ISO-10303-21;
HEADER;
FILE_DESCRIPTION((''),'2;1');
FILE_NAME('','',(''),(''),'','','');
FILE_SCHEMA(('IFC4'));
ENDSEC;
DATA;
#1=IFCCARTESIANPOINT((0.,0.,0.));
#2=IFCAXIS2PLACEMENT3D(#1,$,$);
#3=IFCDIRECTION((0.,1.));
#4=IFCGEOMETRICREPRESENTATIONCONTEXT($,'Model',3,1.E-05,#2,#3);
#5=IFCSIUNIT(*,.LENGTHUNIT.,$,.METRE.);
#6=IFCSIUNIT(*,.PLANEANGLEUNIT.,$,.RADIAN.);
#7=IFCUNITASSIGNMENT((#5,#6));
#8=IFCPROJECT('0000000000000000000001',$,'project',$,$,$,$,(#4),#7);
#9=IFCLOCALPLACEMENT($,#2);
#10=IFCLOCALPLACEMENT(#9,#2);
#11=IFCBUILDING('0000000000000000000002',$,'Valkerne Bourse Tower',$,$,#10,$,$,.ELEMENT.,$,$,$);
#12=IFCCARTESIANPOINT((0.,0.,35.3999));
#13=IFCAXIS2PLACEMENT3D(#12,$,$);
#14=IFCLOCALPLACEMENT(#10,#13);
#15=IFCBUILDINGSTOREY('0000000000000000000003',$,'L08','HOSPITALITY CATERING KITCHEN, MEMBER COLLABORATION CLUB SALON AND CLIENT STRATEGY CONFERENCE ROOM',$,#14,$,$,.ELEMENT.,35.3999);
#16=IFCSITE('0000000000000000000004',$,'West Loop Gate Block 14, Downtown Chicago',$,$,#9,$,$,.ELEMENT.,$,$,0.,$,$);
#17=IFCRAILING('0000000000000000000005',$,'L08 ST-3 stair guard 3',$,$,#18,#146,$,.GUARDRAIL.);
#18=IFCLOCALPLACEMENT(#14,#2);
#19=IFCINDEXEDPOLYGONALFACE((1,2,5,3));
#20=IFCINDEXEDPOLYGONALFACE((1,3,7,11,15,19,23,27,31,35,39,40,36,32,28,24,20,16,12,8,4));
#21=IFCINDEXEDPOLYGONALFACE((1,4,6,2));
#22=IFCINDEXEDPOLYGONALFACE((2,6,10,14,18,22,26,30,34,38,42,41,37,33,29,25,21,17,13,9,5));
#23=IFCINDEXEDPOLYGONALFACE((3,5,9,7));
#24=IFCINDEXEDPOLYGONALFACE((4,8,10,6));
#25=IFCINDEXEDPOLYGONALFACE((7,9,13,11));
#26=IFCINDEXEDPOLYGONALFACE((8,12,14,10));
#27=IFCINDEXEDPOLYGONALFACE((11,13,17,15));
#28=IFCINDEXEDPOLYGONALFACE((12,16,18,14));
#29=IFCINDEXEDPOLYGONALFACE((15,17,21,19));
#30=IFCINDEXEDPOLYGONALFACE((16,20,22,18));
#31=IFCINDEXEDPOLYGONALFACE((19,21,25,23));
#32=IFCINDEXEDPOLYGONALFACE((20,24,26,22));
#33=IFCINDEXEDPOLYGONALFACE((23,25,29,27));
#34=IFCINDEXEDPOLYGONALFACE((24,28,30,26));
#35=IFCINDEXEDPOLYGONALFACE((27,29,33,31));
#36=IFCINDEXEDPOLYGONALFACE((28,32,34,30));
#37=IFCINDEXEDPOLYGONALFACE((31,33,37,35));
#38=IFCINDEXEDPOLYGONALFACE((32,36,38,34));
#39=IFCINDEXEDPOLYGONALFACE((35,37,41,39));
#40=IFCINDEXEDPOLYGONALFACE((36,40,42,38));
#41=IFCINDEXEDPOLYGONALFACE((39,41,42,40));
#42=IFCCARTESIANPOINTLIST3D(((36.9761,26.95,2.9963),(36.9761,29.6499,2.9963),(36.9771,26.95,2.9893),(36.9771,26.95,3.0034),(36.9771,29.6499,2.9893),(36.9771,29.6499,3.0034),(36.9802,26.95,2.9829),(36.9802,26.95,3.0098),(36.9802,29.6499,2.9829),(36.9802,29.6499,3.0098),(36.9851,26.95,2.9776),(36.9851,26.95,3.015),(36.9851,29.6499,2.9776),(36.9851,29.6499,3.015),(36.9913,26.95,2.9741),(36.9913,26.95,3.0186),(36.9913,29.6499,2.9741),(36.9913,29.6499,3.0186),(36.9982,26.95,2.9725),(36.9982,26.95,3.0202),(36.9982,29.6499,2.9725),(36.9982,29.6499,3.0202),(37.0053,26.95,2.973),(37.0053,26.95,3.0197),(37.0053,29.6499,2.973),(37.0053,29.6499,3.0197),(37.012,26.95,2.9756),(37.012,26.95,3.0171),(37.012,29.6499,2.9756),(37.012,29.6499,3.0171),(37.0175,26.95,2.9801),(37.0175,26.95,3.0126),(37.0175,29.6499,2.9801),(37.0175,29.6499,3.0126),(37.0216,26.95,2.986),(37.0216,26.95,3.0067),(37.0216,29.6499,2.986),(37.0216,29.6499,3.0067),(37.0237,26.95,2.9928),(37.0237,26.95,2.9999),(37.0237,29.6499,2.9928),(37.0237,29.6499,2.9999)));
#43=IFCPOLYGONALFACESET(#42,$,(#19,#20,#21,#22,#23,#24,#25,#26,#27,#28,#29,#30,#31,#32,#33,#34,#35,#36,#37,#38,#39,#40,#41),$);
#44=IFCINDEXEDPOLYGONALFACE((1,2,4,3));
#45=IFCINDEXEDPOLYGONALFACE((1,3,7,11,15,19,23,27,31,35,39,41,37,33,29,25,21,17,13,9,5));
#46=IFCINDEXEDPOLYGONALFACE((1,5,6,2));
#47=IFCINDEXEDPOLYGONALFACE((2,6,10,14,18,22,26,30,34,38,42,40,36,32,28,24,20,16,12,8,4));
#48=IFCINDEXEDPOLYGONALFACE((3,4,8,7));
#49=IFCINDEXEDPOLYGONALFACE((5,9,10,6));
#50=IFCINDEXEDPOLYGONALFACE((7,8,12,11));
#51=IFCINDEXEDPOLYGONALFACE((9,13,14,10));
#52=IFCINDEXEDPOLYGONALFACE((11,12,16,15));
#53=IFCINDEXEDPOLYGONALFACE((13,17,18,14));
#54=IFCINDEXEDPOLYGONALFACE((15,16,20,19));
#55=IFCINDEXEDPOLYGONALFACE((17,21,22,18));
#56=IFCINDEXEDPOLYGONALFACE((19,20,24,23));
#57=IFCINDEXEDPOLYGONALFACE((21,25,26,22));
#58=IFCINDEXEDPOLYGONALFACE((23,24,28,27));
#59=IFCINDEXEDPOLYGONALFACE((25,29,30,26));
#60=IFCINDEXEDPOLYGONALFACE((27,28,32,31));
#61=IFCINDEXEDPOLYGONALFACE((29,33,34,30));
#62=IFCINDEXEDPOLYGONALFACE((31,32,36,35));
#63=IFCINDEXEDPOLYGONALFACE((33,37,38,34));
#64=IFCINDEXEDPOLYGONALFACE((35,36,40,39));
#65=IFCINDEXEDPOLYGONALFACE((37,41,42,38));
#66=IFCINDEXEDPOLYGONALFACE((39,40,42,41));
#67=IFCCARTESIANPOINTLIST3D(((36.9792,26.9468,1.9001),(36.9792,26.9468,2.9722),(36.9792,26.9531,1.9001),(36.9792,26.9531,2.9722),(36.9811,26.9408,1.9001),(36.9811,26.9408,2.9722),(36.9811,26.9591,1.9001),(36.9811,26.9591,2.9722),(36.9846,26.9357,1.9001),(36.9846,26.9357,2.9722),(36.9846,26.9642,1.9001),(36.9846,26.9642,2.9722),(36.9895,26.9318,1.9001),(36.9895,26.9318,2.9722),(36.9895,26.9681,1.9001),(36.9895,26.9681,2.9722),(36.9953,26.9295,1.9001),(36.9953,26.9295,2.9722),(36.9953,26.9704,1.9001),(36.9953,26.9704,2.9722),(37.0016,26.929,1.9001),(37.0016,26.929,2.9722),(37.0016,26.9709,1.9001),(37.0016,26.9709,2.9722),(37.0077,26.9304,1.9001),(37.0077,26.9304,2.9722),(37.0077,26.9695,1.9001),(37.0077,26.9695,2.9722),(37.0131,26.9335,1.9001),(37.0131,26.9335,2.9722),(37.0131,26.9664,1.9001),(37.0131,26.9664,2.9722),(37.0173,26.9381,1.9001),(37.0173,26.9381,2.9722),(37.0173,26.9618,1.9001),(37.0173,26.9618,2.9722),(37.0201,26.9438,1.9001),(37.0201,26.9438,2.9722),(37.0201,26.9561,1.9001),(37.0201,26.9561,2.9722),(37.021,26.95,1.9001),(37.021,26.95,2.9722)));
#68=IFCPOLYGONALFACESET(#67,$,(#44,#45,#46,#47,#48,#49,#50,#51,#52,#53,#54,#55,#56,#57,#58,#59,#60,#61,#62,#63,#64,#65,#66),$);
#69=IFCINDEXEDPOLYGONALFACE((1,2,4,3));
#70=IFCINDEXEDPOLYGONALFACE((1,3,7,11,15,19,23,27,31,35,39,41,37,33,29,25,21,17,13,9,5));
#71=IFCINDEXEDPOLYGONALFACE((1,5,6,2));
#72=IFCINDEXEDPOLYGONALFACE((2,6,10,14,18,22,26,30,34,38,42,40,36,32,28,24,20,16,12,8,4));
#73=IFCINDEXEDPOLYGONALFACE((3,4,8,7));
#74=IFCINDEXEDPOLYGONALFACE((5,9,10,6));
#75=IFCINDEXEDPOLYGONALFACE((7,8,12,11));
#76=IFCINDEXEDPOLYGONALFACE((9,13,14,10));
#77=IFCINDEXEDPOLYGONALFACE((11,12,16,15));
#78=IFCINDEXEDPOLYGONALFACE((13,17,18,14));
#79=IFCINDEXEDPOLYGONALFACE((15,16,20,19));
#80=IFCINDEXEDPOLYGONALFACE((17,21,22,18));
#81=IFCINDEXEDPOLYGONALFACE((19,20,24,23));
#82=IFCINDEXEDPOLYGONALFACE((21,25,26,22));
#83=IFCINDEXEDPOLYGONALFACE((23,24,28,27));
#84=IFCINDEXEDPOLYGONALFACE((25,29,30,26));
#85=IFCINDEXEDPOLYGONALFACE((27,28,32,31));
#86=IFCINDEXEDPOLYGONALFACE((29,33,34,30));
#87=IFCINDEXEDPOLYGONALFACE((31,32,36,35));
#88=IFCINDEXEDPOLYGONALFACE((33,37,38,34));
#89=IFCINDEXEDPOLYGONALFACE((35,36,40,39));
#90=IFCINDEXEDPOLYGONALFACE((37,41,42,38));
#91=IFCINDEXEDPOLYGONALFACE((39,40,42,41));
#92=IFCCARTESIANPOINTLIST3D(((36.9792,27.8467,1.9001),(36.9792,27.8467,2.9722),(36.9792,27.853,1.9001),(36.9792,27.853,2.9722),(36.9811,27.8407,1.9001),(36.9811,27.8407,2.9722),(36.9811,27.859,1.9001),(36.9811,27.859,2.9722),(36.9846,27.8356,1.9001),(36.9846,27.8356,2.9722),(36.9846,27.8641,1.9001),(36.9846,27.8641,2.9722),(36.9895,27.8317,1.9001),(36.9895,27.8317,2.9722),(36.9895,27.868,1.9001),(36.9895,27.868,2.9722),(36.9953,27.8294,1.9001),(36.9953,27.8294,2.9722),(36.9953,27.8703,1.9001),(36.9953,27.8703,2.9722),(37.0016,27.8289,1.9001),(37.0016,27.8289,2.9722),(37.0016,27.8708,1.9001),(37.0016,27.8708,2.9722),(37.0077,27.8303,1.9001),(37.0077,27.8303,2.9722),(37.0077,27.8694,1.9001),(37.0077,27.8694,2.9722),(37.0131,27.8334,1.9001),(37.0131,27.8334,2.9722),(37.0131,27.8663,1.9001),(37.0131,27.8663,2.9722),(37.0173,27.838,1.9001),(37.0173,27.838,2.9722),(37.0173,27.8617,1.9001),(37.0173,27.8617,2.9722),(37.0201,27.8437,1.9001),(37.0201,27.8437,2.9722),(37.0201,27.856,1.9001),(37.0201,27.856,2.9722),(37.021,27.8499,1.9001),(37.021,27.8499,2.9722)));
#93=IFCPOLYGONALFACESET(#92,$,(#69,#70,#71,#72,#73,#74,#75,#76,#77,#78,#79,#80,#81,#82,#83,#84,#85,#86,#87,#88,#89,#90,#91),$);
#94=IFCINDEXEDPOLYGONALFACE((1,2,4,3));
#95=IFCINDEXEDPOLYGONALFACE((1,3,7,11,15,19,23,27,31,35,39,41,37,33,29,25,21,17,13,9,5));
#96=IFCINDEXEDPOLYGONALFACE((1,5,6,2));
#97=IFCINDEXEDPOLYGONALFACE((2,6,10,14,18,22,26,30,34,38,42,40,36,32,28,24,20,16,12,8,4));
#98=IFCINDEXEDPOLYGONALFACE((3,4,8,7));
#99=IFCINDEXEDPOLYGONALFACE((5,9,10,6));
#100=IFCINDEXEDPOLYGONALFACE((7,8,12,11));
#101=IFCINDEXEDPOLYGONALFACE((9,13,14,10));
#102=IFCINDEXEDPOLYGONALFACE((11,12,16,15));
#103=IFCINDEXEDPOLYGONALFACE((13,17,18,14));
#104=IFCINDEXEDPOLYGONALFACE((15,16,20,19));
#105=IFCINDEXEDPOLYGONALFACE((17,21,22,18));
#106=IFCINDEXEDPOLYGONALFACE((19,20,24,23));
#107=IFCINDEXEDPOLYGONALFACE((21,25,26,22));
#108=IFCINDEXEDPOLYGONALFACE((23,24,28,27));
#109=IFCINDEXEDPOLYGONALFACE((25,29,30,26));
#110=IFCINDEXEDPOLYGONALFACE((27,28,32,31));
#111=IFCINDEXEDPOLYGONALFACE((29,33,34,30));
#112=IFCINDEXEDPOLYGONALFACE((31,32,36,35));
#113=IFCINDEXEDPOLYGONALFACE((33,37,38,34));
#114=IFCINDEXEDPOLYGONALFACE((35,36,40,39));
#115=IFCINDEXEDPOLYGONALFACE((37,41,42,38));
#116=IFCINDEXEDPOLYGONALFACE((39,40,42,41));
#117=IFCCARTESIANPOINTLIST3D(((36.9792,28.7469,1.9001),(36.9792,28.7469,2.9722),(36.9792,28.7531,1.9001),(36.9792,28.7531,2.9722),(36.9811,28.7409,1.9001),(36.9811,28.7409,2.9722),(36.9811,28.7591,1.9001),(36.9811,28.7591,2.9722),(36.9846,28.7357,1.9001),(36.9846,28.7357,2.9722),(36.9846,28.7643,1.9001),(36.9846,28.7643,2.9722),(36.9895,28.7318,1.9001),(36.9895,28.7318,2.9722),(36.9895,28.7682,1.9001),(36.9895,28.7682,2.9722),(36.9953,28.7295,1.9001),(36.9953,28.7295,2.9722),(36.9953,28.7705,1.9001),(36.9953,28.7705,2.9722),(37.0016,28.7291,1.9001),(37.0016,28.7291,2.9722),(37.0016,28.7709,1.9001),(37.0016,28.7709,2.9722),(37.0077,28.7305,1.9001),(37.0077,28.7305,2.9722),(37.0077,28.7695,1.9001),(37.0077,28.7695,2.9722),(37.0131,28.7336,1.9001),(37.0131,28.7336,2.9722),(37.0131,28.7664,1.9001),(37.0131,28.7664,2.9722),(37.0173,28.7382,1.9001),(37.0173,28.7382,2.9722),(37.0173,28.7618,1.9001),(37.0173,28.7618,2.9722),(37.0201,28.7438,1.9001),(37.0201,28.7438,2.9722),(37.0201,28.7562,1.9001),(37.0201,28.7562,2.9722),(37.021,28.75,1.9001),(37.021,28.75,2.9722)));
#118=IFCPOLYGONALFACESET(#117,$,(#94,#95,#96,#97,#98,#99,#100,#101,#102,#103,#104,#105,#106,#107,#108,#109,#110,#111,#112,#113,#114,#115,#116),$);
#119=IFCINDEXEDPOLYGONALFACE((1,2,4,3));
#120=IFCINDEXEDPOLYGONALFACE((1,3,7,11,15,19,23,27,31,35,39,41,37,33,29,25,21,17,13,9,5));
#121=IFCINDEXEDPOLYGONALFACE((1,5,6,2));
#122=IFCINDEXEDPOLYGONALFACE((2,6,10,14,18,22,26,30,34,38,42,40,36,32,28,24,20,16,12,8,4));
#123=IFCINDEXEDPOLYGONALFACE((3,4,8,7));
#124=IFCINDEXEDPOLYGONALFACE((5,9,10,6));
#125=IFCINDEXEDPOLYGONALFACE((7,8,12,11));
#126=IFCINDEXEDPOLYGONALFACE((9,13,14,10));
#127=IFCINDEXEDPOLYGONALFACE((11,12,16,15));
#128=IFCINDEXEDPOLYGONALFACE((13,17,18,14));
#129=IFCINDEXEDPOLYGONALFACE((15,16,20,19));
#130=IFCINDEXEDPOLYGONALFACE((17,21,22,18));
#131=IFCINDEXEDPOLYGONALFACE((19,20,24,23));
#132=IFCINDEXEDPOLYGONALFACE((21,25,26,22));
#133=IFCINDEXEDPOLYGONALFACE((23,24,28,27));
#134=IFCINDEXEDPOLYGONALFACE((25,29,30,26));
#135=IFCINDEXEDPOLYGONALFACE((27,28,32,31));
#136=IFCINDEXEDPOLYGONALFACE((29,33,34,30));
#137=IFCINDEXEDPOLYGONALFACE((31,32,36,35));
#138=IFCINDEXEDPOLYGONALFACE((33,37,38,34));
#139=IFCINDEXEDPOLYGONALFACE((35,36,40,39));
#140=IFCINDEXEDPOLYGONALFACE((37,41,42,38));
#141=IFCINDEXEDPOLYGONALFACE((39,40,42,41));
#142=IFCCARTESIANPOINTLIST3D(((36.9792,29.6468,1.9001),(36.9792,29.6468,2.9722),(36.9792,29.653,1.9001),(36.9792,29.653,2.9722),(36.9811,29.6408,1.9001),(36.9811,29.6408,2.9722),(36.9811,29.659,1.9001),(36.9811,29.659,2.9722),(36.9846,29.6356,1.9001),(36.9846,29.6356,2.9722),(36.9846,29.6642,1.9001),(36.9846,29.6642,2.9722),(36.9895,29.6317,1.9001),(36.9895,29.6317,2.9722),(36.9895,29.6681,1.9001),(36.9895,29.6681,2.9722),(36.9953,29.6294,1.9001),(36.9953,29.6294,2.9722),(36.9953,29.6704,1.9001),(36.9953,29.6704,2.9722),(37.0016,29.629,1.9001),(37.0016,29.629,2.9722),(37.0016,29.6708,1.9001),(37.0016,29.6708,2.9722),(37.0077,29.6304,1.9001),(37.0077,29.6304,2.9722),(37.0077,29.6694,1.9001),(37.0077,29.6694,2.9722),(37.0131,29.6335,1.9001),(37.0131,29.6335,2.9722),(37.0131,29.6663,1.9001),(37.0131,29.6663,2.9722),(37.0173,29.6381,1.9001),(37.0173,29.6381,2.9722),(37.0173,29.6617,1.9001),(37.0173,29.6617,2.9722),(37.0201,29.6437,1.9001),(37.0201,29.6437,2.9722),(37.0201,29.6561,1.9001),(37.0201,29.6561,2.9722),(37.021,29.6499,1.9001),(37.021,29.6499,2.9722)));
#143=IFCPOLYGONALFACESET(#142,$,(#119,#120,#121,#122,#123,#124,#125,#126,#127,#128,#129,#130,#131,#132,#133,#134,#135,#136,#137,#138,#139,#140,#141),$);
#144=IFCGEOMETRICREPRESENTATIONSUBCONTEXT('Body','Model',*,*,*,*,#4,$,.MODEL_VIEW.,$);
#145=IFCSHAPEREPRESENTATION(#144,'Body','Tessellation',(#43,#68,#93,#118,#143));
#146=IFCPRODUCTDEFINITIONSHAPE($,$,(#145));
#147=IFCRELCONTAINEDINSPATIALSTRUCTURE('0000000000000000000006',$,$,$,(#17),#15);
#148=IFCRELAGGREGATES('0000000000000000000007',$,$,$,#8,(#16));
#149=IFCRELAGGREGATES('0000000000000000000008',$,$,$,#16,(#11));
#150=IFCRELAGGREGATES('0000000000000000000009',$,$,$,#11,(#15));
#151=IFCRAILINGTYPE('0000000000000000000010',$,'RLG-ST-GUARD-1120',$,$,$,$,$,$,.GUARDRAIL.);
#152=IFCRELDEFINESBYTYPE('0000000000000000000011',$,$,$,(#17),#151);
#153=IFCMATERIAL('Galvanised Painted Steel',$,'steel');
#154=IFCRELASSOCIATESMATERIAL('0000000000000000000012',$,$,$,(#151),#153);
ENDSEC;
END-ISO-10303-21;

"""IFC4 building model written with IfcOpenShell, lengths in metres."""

from ifc_helpers import new_model, si_unit, direction, frame, origin, origin_2d, place, context, subcontext, project, spatial, circle, extrude, material, type_object, element, save


model = new_model("IFC4")

# Units and contexts
model_context = context("Model", 3, precision=1e-05, world=origin(), true_north=direction((0.0, 1.0)))
body_context = subcontext(model_context, "Body", "Model", "MODEL_VIEW")
ifc_project = project(units=[si_unit("LENGTHUNIT", "METRE"), si_unit("PLANEANGLEUNIT", "RADIAN")], contexts=[model_context])

# Site, building, storey
site_placement = place(None, origin())
site = spatial("IfcSite", under=ifc_project, at=site_placement, Name="West Loop Gate Block 14, Downtown Chicago", CompositionType="ELEMENT", RefElevation=0.0)
building_placement = place(site_placement, origin())
building = spatial("IfcBuilding", under=site, at=building_placement, Name="Valkerne Bourse Tower", CompositionType="ELEMENT")
storey_placement = place(building_placement, frame((0.0, 0.0, 35.3999)))
storey = spatial("IfcBuildingStorey", under=building, at=storey_placement, Name="L08", Description="HOSPITALITY CATERING KITCHEN, MEMBER COLLABORATION CLUB SALON AND CLIENT STRATEGY CONFERENCE ROOM", CompositionType="ELEMENT", Elevation=35.3999)

# Railing
ifc_material_1 = material(Name="Galvanised Painted Steel", Category="steel")
railing_type_1 = type_object("IfcRailingType", Name="RLG-ST-GUARD-1120", PredefinedType="GUARDRAIL", material=ifc_material_1)
for number, where, name in (
    (1, (37.0, 26.95, 1.9001), "L08 ST-3 stair guard 3"),
):
    element("IfcRailing", number, at=place(storey_placement, frame(where)), inside=storey, type_object=railing_type_1, Name=name, PredefinedType="GUARDRAIL", context=body_context, shape_type="SweptSolid", body=[
        extrude(circle(Radius=0.0239, at=origin_2d()), frame((0.0, 0.0, 1.0962), z_axis=(0.0, 1.0, 0.0), x_axis=(-1.0, 0.0, 0.0)), (0.0, 0.0, 1.0), 2.7),
        extrude(circle(Radius=0.021, at=origin_2d()), origin(), (0.0, 0.0, 1.0), 1.072),
        extrude(circle(Radius=0.021, at=origin_2d()), frame((0.0, 0.8999, 0.0)), (0.0, 0.0, 1.0), 1.072),
        extrude(circle(Radius=0.021, at=origin_2d()), frame((0.0, 1.8, 0.0)), (0.0, 0.0, 1.0), 1.072),
        extrude(circle(Radius=0.021, at=origin_2d()), frame((0.0, 2.7, 0.0)), (0.0, 0.0, 1.0), 1.072),
    ])

save(model, "model.ifc")
